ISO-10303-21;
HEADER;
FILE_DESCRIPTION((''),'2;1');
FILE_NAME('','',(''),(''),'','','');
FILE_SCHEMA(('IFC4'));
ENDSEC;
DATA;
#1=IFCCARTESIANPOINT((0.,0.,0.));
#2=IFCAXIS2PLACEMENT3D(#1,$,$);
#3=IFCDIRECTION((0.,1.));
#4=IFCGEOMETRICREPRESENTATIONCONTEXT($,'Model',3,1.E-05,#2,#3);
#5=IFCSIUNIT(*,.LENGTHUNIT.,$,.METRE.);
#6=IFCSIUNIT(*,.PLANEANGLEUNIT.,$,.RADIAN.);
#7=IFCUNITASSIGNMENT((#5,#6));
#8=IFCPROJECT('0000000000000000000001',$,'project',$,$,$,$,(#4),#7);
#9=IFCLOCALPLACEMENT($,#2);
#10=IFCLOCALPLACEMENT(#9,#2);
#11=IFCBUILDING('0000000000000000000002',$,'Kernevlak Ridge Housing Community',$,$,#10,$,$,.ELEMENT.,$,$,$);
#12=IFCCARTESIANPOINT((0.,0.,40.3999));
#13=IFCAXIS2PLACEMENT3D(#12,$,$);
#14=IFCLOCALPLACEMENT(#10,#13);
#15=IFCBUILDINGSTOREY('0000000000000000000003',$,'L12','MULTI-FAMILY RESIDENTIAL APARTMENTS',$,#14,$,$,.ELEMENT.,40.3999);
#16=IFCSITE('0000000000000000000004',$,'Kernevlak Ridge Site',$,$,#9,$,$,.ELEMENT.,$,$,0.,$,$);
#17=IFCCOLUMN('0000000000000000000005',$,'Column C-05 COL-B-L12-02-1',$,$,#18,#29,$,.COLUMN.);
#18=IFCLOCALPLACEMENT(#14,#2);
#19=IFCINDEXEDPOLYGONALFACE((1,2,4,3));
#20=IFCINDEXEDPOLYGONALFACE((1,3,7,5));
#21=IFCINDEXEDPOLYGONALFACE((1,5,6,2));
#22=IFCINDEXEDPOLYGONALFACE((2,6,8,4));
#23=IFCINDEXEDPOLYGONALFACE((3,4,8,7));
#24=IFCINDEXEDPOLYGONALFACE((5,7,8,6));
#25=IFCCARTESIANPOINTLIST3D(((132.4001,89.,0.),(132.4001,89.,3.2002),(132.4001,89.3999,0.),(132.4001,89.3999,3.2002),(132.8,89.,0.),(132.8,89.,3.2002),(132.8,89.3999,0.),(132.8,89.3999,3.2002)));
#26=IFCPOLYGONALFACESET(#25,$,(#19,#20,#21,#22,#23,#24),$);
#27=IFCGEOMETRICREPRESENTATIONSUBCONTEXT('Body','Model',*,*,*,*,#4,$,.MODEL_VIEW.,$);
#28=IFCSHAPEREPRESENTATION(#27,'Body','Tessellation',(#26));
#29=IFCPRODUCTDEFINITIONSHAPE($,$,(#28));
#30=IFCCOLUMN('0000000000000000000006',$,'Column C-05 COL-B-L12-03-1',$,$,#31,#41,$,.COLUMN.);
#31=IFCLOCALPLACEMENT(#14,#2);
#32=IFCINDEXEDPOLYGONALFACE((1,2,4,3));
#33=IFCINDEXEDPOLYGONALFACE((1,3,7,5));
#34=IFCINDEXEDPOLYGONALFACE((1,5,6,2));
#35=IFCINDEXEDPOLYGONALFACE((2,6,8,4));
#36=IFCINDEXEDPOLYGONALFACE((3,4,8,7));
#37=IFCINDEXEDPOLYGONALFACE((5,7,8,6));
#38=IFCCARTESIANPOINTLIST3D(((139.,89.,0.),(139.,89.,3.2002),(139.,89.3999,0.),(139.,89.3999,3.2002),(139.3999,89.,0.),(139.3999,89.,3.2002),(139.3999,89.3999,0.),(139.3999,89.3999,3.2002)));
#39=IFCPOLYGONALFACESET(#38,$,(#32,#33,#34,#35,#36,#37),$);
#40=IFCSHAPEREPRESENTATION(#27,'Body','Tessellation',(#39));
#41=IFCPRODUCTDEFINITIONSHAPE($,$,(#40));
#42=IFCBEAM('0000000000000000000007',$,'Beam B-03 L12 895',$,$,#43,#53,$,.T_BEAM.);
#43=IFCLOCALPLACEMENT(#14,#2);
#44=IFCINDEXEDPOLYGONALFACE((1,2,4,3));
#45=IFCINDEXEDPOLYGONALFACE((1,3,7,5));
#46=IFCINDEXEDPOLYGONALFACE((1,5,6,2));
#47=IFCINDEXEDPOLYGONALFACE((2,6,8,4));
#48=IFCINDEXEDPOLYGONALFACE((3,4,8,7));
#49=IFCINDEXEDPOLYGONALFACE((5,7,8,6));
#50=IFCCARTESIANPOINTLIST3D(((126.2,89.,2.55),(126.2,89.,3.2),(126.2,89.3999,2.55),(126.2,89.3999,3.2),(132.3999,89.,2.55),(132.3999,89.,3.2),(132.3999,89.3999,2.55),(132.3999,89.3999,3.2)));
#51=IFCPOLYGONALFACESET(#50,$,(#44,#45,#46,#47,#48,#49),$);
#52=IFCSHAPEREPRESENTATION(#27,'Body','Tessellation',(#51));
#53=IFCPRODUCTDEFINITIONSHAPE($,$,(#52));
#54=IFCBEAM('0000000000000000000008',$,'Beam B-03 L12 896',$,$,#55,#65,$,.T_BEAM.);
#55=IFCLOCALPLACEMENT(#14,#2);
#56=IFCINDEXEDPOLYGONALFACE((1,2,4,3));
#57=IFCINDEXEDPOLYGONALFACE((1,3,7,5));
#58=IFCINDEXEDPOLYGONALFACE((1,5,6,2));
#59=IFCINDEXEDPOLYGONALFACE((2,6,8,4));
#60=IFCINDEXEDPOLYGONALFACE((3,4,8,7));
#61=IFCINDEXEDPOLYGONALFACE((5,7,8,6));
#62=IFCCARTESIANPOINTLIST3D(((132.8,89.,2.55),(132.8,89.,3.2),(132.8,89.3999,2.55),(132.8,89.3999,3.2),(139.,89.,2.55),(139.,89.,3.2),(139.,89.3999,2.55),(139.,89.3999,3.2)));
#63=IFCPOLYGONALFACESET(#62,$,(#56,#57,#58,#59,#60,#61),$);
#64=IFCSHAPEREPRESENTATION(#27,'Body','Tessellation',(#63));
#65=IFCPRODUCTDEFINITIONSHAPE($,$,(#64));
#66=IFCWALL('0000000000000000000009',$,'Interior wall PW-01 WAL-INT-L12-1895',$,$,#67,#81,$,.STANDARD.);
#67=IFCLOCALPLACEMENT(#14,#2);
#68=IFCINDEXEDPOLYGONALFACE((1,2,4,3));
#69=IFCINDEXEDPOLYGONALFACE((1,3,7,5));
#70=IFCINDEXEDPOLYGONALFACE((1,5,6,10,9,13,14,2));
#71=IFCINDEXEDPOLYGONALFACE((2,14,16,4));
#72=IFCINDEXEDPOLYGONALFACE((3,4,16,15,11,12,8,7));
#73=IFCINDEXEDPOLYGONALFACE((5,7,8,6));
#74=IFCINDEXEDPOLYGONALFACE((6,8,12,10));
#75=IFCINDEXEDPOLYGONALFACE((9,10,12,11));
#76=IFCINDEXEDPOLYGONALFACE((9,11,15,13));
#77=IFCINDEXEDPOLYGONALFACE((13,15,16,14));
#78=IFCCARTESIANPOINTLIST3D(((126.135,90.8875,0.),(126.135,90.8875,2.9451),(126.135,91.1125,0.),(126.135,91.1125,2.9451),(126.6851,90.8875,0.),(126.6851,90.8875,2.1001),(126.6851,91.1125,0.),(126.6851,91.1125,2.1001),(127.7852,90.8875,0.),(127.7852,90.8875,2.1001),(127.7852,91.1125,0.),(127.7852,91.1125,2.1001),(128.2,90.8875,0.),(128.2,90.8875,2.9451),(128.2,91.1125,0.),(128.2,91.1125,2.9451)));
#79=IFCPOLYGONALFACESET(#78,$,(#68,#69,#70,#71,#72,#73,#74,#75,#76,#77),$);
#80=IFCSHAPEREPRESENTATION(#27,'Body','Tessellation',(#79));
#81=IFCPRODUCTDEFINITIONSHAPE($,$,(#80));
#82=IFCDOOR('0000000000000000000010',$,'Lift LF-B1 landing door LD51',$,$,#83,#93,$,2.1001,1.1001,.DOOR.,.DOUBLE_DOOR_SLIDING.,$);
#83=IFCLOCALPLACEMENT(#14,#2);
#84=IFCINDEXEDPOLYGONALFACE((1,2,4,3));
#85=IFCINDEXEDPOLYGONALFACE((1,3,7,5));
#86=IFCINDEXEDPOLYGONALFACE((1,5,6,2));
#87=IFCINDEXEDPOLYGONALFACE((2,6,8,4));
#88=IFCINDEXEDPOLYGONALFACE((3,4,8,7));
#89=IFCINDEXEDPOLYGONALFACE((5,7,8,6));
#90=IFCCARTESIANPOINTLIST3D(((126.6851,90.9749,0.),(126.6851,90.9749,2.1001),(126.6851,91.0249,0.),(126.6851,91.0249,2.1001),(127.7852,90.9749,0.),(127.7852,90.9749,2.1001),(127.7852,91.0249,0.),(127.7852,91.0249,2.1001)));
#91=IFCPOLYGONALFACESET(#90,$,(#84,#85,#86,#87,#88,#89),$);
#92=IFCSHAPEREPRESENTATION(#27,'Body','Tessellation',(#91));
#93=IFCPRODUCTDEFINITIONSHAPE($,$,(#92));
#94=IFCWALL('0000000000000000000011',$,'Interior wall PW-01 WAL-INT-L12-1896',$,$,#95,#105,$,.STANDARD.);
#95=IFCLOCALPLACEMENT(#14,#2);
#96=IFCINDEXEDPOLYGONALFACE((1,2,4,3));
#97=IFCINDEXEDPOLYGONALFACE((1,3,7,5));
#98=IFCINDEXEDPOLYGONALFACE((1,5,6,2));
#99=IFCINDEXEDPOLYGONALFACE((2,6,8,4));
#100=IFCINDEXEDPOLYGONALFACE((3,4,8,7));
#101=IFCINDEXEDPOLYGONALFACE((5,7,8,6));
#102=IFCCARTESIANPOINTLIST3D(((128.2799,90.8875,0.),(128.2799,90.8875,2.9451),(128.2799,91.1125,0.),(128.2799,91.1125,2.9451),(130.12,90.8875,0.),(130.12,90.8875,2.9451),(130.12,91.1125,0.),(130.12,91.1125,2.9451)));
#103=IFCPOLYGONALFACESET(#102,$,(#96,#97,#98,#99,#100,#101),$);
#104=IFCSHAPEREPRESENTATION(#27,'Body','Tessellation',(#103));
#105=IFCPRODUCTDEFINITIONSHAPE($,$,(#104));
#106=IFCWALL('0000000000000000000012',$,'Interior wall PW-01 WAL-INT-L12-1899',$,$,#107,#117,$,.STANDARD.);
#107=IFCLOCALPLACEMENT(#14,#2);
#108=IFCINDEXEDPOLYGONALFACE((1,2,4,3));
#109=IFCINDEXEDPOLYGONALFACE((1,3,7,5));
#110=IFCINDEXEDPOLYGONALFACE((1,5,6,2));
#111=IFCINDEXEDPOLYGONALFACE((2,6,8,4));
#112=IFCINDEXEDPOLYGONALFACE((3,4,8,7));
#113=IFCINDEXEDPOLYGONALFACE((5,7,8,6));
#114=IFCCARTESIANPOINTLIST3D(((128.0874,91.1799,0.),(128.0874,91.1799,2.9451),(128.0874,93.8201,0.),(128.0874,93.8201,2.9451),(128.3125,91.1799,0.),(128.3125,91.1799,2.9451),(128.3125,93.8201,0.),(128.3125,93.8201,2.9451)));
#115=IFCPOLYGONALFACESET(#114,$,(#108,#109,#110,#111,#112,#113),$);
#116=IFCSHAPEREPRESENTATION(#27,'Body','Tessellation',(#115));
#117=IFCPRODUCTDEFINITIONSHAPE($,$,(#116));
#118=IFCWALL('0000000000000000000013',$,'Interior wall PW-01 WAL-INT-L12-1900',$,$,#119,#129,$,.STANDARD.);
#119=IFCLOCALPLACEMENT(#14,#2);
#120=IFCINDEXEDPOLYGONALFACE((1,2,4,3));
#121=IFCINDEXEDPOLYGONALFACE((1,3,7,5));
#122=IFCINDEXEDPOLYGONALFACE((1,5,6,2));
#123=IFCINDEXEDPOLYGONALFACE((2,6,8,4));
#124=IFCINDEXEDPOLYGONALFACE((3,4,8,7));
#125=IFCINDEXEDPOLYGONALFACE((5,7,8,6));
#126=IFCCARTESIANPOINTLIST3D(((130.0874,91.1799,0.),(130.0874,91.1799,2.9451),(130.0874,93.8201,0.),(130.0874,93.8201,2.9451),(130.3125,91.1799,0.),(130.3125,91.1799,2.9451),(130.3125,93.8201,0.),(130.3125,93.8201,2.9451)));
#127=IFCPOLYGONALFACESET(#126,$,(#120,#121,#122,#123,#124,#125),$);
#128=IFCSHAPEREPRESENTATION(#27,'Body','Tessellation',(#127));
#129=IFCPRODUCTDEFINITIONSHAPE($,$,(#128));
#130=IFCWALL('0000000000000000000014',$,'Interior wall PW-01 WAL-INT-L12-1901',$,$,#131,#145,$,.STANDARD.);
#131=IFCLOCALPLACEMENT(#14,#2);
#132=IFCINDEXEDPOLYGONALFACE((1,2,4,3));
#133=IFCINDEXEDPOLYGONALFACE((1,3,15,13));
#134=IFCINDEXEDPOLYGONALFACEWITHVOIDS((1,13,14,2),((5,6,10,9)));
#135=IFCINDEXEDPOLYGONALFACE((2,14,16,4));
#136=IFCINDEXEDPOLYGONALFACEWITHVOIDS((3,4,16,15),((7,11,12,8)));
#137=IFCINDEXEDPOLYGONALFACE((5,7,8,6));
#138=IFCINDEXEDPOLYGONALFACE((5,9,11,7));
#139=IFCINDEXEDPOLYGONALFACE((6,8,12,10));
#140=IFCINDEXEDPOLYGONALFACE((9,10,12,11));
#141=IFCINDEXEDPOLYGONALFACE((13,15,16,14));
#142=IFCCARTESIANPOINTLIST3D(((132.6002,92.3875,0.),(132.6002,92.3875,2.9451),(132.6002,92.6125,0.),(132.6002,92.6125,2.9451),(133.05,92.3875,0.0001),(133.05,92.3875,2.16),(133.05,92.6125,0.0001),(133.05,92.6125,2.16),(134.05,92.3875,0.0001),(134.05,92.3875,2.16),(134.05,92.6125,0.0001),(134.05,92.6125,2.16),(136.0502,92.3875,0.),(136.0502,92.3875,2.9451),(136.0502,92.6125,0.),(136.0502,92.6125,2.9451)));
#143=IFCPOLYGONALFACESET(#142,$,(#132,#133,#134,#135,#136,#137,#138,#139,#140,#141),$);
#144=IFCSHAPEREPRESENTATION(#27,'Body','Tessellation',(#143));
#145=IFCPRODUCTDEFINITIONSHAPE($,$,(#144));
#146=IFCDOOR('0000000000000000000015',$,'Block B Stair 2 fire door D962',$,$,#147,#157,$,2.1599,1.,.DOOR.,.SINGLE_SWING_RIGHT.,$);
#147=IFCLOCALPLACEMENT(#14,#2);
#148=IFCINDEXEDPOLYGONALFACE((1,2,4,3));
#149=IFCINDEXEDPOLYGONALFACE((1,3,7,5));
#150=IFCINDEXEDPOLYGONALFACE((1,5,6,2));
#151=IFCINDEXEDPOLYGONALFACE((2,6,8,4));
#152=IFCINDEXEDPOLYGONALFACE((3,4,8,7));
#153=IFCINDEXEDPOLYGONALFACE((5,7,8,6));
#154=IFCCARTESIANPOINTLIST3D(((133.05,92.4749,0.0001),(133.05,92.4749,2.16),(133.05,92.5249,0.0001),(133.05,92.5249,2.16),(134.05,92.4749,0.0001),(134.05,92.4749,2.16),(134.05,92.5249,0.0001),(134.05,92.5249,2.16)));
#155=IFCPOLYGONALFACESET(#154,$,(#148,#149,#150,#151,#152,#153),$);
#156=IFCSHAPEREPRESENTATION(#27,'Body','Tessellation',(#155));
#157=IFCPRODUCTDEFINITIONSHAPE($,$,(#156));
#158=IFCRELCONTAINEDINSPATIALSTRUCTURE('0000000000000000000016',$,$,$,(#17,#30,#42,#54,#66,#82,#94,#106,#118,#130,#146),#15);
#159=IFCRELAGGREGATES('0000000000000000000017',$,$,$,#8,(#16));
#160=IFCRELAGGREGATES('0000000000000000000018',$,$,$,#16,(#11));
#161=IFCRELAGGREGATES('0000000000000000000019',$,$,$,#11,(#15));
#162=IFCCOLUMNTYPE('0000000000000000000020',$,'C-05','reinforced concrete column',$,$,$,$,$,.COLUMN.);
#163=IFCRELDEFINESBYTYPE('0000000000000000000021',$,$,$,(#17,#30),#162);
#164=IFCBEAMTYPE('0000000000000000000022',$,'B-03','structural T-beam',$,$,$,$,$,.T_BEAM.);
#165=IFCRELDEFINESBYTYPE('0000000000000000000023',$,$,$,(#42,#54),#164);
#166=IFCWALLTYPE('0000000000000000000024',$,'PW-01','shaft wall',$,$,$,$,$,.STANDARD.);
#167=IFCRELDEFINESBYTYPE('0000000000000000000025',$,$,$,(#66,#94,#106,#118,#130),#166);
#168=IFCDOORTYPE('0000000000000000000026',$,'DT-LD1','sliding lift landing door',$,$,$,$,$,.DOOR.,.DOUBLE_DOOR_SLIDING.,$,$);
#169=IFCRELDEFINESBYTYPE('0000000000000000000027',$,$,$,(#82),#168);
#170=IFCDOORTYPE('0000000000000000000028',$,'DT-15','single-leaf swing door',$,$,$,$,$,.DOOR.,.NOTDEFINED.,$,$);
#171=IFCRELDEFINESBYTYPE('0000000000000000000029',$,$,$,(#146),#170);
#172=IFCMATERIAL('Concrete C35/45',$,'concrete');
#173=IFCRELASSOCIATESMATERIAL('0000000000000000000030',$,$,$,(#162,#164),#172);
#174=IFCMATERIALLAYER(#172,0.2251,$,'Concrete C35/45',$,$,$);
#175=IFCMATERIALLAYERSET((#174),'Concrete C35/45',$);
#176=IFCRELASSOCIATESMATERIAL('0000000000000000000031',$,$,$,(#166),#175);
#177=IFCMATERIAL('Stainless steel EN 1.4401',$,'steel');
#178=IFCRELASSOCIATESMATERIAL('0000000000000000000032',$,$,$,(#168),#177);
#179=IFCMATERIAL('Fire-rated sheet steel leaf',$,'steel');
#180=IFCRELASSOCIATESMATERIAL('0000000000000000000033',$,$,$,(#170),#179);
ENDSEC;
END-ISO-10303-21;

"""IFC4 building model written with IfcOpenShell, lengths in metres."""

from ifc_helpers import new_model, si_unit, direction, frame, frame_2d, origin, origin_2d, place, context, subcontext, project, spatial, rectangle, extrude, material, layer, layer_set, material_profile, profile_set, type_object, element, fill, save


model = new_model("IFC4")

# Units and contexts
model_context = context("Model", 3, precision=1e-05, world=origin(), true_north=direction((0.0, 1.0)))
body_context = subcontext(model_context, "Body", "Model", "MODEL_VIEW")
ifc_project = project(units=[si_unit("LENGTHUNIT", "METRE"), si_unit("PLANEANGLEUNIT", "RADIAN")], contexts=[model_context])

# Site, building, storey
site_placement = place(None, origin())
site = spatial("IfcSite", under=ifc_project, at=site_placement, Name="Kernevlak Ridge Site", CompositionType="ELEMENT", RefElevation=0.0)
building_placement = place(site_placement, origin())
building = spatial("IfcBuilding", under=site, at=building_placement, Name="Kernevlak Ridge Housing Community", CompositionType="ELEMENT")
storey_placement = place(building_placement, frame((0.0, 0.0, 40.3999)))
storey = spatial("IfcBuildingStorey", under=building, at=storey_placement, Name="L12", Description="MULTI-FAMILY RESIDENTIAL APARTMENTS", CompositionType="ELEMENT", Elevation=40.3999)

# Columns
ifc_material_1 = material(Name="Concrete C35/45", Category="concrete")
ifc_material_profile_1 = material_profile(ifc_material_1, rectangle(XDim=0.3999, YDim=0.3999, at=origin_2d()), Name="RC 400x400")
ifc_profile_set_1 = profile_set([ifc_material_profile_1], Name="Concrete C35/45")
column_type = type_object("IfcColumnType", Name="C-05", Description="reinforced concrete column", PredefinedType="COLUMN", material=ifc_profile_set_1)
for number, where, z_axis, x_axis, name in (
    (1, (132.6001, 89.2, 0.0), (0.0, 0.0, 1.0), (1.0, 0.0, 0.0), "Column C-05 COL-B-L12-02-1"),
    (2, (139.2, 89.2, 0.0), (0.0, 0.0, 1.0), (1.0, 0.0, 0.0), "Column C-05 COL-B-L12-03-1"),
):
    element("IfcColumn", number, at=place(storey_placement, frame(where, z_axis=z_axis, x_axis=x_axis)), inside=storey, type_object=column_type, Name=name, PredefinedType="COLUMN", context=body_context, shape_type="SweptSolid", body=[
        extrude(rectangle(XDim=0.3999, YDim=0.3999, at=origin_2d()), origin(), (0.0, 0.0, 1.0), 3.2002),
    ])

# Beams
ifc_material_profile_2 = material_profile(ifc_material_1, rectangle(XDim=0.3999, YDim=0.6499, at=origin_2d()), Name="RC 400x650")
ifc_profile_set_2 = profile_set([ifc_material_profile_2], Name="Concrete C35/45")
beam_type = type_object("IfcBeamType", Name="B-03", Description="structural T-beam", PredefinedType="T_BEAM", material=ifc_profile_set_2)
for number, where, z_axis, x_axis, name in (
    (3, (126.2, 89.2, 2.875), (1.0, 0.0, 0.0), (0.0, 1.0, 0.0), "Beam B-03 L12 895"),
    (4, (132.8, 89.2, 2.875), (1.0, 0.0, 0.0), (0.0, 1.0, 0.0), "Beam B-03 L12 896"),
):
    element("IfcBeam", number, at=place(storey_placement, frame(where, z_axis=z_axis, x_axis=x_axis)), inside=storey, type_object=beam_type, Name=name, PredefinedType="T_BEAM", context=body_context, shape_type="SweptSolid", body=[
        extrude(rectangle(XDim=0.3999, YDim=0.6499, at=origin_2d()), origin(), (0.0, 0.0, 1.0), 6.2),
    ])

# Wall, opening, door
ifc_layer_1 = layer(ifc_material_1, 0.2251, Name="Concrete C35/45")
ifc_layer_set_1 = layer_set([ifc_layer_1], Name="Concrete C35/45")
wall_type_1 = type_object("IfcWallType", Name="PW-01", Description="shaft wall", PredefinedType="STANDARD", material=ifc_layer_set_1)
wall_1_placement = place(storey_placement, frame((126.135, 91.0, 0.0), z_axis=(0.0, 0.0, 1.0), x_axis=(1.0, 0.0, 0.0)))
wall_1 = element("IfcWall", 5, at=wall_1_placement, inside=storey, type_object=wall_type_1, Name="Interior wall PW-01 WAL-INT-L12-1895", PredefinedType="STANDARD", context=body_context, shape_type="SweptSolid", body=[
    extrude(rectangle(XDim=2.0649, YDim=0.2251, at=frame_2d((1.0325, 0.0))), origin(), (0.0, 0.0, 1.0), 2.9451),
])
opening_1_placement = place(wall_1_placement, frame((0.55, 0.0, 0.0)))
opening_1 = element("IfcOpeningElement", 6, at=opening_1_placement, cuts=wall_1, PredefinedType="OPENING", context=body_context, shape_type="SweptSolid", body=[
    extrude(rectangle(XDim=1.1001, YDim=2.1001, at=frame_2d((0.55, 1.05))), frame((0.0, 0.1226, 0.0), z_axis=(0.0, -1.0, 0.0), x_axis=(1.0, 0.0, 0.0)), (0.0, 0.0, 1.0), 0.2451),
])
ifc_material_2 = material(Name="Stainless steel EN 1.4401", Category="steel")
door_type_1 = type_object("IfcDoorType", Name="DT-LD1", Description="sliding lift landing door", OperationType="DOUBLE_DOOR_SLIDING", PredefinedType="DOOR", material=ifc_material_2)
door_1_placement = place(opening_1_placement, origin())
door_1 = element("IfcDoor", 7, at=door_1_placement, inside=storey, type_object=door_type_1, Name="Lift LF-B1 landing door LD51", OperationType="DOUBLE_DOOR_SLIDING", OverallHeight=2.1001, OverallWidth=1.1001, PredefinedType="DOOR", context=body_context, shape_type="SweptSolid", body=[
    extrude(rectangle(XDim=1.1001, YDim=2.1001, at=frame_2d((0.55, 1.05))), frame((0.0, 0.0249, 0.0), z_axis=(0.0, -1.0, 0.0), x_axis=(1.0, 0.0, 0.0)), (0.0, 0.0, 1.0), 0.05),
])
fill(opening_1, door_1)

# Walls
wall_2_placement = place(storey_placement, frame((128.28, 91.0, 0.0), z_axis=(0.0, 0.0, 1.0), x_axis=(1.0, 0.0, 0.0)))
element("IfcWall", 8, at=wall_2_placement, inside=storey, type_object=wall_type_1, Name="Interior wall PW-01 WAL-INT-L12-1896", PredefinedType="STANDARD", context=body_context, shape_type="SweptSolid", body=[
    extrude(rectangle(XDim=1.8401, YDim=0.2251, at=frame_2d((0.9199, 0.0))), origin(), (0.0, 0.0, 1.0), 2.9451),
])
for number, where, z_axis, x_axis, name in (
    (9, (128.2, 91.1799, 0.0), (0.0, 0.0, 1.0), (0.0, 1.0, 0.0), "Interior wall PW-01 WAL-INT-L12-1899"),
    (10, (130.2, 91.1799, 0.0), (0.0, 0.0, 1.0), (0.0, 1.0, 0.0), "Interior wall PW-01 WAL-INT-L12-1900"),
):
    element("IfcWall", number, at=place(storey_placement, frame(where, z_axis=z_axis, x_axis=x_axis)), inside=storey, type_object=wall_type_1, Name=name, PredefinedType="STANDARD", context=body_context, shape_type="SweptSolid", body=[
        extrude(rectangle(XDim=2.6401, YDim=0.2251, at=frame_2d((1.3201, 0.0))), origin(), (0.0, 0.0, 1.0), 2.9451),
    ])

# Wall, opening, door
wall_3_placement = place(storey_placement, frame((132.6001, 92.5, 0.0), z_axis=(0.0, 0.0, 1.0), x_axis=(1.0, 0.0, 0.0)))
wall_3 = element("IfcWall", 11, at=wall_3_placement, inside=storey, type_object=wall_type_1, Name="Interior wall PW-01 WAL-INT-L12-1901", PredefinedType="STANDARD", context=body_context, shape_type="SweptSolid", body=[
    extrude(rectangle(XDim=3.45, YDim=0.2251, at=frame_2d((1.7251, 0.0))), origin(), (0.0, 0.0, 1.0), 2.9451),
])
opening_2_placement = place(wall_3_placement, frame((0.45, 0.0, 0.0)))
opening_2 = element("IfcOpeningElement", 12, at=opening_2_placement, cuts=wall_3, PredefinedType="OPENING", context=body_context, shape_type="SweptSolid", body=[
    extrude(rectangle(XDim=1.0, YDim=2.1599, at=frame_2d((0.5, 1.0801))), frame((0.0, 0.1226, 0.0), z_axis=(0.0, -1.0, 0.0), x_axis=(1.0, 0.0, 0.0)), (0.0, 0.0, 1.0), 0.2451),
])
ifc_material_3 = material(Name="Fire-rated sheet steel leaf", Category="steel")
door_type_2 = type_object("IfcDoorType", Name="DT-15", Description="single-leaf swing door", OperationType="NOTDEFINED", PredefinedType="DOOR", material=ifc_material_3)
door_2_placement = place(opening_2_placement, origin())
door_2 = element("IfcDoor", 13, at=door_2_placement, inside=storey, type_object=door_type_2, Name="Block B Stair 2 fire door D962", OperationType="SINGLE_SWING_RIGHT", OverallHeight=2.1599, OverallWidth=1.0, PredefinedType="DOOR", context=body_context, shape_type="SweptSolid", body=[
    extrude(rectangle(XDim=1.0, YDim=2.1599, at=frame_2d((0.5, 1.0801))), frame((0.0, 0.0249, 0.0), z_axis=(0.0, -1.0, 0.0), x_axis=(1.0, 0.0, 0.0)), (0.0, 0.0, 1.0), 0.05),
])
fill(opening_2, door_2)

save(model, "model.ifc")
